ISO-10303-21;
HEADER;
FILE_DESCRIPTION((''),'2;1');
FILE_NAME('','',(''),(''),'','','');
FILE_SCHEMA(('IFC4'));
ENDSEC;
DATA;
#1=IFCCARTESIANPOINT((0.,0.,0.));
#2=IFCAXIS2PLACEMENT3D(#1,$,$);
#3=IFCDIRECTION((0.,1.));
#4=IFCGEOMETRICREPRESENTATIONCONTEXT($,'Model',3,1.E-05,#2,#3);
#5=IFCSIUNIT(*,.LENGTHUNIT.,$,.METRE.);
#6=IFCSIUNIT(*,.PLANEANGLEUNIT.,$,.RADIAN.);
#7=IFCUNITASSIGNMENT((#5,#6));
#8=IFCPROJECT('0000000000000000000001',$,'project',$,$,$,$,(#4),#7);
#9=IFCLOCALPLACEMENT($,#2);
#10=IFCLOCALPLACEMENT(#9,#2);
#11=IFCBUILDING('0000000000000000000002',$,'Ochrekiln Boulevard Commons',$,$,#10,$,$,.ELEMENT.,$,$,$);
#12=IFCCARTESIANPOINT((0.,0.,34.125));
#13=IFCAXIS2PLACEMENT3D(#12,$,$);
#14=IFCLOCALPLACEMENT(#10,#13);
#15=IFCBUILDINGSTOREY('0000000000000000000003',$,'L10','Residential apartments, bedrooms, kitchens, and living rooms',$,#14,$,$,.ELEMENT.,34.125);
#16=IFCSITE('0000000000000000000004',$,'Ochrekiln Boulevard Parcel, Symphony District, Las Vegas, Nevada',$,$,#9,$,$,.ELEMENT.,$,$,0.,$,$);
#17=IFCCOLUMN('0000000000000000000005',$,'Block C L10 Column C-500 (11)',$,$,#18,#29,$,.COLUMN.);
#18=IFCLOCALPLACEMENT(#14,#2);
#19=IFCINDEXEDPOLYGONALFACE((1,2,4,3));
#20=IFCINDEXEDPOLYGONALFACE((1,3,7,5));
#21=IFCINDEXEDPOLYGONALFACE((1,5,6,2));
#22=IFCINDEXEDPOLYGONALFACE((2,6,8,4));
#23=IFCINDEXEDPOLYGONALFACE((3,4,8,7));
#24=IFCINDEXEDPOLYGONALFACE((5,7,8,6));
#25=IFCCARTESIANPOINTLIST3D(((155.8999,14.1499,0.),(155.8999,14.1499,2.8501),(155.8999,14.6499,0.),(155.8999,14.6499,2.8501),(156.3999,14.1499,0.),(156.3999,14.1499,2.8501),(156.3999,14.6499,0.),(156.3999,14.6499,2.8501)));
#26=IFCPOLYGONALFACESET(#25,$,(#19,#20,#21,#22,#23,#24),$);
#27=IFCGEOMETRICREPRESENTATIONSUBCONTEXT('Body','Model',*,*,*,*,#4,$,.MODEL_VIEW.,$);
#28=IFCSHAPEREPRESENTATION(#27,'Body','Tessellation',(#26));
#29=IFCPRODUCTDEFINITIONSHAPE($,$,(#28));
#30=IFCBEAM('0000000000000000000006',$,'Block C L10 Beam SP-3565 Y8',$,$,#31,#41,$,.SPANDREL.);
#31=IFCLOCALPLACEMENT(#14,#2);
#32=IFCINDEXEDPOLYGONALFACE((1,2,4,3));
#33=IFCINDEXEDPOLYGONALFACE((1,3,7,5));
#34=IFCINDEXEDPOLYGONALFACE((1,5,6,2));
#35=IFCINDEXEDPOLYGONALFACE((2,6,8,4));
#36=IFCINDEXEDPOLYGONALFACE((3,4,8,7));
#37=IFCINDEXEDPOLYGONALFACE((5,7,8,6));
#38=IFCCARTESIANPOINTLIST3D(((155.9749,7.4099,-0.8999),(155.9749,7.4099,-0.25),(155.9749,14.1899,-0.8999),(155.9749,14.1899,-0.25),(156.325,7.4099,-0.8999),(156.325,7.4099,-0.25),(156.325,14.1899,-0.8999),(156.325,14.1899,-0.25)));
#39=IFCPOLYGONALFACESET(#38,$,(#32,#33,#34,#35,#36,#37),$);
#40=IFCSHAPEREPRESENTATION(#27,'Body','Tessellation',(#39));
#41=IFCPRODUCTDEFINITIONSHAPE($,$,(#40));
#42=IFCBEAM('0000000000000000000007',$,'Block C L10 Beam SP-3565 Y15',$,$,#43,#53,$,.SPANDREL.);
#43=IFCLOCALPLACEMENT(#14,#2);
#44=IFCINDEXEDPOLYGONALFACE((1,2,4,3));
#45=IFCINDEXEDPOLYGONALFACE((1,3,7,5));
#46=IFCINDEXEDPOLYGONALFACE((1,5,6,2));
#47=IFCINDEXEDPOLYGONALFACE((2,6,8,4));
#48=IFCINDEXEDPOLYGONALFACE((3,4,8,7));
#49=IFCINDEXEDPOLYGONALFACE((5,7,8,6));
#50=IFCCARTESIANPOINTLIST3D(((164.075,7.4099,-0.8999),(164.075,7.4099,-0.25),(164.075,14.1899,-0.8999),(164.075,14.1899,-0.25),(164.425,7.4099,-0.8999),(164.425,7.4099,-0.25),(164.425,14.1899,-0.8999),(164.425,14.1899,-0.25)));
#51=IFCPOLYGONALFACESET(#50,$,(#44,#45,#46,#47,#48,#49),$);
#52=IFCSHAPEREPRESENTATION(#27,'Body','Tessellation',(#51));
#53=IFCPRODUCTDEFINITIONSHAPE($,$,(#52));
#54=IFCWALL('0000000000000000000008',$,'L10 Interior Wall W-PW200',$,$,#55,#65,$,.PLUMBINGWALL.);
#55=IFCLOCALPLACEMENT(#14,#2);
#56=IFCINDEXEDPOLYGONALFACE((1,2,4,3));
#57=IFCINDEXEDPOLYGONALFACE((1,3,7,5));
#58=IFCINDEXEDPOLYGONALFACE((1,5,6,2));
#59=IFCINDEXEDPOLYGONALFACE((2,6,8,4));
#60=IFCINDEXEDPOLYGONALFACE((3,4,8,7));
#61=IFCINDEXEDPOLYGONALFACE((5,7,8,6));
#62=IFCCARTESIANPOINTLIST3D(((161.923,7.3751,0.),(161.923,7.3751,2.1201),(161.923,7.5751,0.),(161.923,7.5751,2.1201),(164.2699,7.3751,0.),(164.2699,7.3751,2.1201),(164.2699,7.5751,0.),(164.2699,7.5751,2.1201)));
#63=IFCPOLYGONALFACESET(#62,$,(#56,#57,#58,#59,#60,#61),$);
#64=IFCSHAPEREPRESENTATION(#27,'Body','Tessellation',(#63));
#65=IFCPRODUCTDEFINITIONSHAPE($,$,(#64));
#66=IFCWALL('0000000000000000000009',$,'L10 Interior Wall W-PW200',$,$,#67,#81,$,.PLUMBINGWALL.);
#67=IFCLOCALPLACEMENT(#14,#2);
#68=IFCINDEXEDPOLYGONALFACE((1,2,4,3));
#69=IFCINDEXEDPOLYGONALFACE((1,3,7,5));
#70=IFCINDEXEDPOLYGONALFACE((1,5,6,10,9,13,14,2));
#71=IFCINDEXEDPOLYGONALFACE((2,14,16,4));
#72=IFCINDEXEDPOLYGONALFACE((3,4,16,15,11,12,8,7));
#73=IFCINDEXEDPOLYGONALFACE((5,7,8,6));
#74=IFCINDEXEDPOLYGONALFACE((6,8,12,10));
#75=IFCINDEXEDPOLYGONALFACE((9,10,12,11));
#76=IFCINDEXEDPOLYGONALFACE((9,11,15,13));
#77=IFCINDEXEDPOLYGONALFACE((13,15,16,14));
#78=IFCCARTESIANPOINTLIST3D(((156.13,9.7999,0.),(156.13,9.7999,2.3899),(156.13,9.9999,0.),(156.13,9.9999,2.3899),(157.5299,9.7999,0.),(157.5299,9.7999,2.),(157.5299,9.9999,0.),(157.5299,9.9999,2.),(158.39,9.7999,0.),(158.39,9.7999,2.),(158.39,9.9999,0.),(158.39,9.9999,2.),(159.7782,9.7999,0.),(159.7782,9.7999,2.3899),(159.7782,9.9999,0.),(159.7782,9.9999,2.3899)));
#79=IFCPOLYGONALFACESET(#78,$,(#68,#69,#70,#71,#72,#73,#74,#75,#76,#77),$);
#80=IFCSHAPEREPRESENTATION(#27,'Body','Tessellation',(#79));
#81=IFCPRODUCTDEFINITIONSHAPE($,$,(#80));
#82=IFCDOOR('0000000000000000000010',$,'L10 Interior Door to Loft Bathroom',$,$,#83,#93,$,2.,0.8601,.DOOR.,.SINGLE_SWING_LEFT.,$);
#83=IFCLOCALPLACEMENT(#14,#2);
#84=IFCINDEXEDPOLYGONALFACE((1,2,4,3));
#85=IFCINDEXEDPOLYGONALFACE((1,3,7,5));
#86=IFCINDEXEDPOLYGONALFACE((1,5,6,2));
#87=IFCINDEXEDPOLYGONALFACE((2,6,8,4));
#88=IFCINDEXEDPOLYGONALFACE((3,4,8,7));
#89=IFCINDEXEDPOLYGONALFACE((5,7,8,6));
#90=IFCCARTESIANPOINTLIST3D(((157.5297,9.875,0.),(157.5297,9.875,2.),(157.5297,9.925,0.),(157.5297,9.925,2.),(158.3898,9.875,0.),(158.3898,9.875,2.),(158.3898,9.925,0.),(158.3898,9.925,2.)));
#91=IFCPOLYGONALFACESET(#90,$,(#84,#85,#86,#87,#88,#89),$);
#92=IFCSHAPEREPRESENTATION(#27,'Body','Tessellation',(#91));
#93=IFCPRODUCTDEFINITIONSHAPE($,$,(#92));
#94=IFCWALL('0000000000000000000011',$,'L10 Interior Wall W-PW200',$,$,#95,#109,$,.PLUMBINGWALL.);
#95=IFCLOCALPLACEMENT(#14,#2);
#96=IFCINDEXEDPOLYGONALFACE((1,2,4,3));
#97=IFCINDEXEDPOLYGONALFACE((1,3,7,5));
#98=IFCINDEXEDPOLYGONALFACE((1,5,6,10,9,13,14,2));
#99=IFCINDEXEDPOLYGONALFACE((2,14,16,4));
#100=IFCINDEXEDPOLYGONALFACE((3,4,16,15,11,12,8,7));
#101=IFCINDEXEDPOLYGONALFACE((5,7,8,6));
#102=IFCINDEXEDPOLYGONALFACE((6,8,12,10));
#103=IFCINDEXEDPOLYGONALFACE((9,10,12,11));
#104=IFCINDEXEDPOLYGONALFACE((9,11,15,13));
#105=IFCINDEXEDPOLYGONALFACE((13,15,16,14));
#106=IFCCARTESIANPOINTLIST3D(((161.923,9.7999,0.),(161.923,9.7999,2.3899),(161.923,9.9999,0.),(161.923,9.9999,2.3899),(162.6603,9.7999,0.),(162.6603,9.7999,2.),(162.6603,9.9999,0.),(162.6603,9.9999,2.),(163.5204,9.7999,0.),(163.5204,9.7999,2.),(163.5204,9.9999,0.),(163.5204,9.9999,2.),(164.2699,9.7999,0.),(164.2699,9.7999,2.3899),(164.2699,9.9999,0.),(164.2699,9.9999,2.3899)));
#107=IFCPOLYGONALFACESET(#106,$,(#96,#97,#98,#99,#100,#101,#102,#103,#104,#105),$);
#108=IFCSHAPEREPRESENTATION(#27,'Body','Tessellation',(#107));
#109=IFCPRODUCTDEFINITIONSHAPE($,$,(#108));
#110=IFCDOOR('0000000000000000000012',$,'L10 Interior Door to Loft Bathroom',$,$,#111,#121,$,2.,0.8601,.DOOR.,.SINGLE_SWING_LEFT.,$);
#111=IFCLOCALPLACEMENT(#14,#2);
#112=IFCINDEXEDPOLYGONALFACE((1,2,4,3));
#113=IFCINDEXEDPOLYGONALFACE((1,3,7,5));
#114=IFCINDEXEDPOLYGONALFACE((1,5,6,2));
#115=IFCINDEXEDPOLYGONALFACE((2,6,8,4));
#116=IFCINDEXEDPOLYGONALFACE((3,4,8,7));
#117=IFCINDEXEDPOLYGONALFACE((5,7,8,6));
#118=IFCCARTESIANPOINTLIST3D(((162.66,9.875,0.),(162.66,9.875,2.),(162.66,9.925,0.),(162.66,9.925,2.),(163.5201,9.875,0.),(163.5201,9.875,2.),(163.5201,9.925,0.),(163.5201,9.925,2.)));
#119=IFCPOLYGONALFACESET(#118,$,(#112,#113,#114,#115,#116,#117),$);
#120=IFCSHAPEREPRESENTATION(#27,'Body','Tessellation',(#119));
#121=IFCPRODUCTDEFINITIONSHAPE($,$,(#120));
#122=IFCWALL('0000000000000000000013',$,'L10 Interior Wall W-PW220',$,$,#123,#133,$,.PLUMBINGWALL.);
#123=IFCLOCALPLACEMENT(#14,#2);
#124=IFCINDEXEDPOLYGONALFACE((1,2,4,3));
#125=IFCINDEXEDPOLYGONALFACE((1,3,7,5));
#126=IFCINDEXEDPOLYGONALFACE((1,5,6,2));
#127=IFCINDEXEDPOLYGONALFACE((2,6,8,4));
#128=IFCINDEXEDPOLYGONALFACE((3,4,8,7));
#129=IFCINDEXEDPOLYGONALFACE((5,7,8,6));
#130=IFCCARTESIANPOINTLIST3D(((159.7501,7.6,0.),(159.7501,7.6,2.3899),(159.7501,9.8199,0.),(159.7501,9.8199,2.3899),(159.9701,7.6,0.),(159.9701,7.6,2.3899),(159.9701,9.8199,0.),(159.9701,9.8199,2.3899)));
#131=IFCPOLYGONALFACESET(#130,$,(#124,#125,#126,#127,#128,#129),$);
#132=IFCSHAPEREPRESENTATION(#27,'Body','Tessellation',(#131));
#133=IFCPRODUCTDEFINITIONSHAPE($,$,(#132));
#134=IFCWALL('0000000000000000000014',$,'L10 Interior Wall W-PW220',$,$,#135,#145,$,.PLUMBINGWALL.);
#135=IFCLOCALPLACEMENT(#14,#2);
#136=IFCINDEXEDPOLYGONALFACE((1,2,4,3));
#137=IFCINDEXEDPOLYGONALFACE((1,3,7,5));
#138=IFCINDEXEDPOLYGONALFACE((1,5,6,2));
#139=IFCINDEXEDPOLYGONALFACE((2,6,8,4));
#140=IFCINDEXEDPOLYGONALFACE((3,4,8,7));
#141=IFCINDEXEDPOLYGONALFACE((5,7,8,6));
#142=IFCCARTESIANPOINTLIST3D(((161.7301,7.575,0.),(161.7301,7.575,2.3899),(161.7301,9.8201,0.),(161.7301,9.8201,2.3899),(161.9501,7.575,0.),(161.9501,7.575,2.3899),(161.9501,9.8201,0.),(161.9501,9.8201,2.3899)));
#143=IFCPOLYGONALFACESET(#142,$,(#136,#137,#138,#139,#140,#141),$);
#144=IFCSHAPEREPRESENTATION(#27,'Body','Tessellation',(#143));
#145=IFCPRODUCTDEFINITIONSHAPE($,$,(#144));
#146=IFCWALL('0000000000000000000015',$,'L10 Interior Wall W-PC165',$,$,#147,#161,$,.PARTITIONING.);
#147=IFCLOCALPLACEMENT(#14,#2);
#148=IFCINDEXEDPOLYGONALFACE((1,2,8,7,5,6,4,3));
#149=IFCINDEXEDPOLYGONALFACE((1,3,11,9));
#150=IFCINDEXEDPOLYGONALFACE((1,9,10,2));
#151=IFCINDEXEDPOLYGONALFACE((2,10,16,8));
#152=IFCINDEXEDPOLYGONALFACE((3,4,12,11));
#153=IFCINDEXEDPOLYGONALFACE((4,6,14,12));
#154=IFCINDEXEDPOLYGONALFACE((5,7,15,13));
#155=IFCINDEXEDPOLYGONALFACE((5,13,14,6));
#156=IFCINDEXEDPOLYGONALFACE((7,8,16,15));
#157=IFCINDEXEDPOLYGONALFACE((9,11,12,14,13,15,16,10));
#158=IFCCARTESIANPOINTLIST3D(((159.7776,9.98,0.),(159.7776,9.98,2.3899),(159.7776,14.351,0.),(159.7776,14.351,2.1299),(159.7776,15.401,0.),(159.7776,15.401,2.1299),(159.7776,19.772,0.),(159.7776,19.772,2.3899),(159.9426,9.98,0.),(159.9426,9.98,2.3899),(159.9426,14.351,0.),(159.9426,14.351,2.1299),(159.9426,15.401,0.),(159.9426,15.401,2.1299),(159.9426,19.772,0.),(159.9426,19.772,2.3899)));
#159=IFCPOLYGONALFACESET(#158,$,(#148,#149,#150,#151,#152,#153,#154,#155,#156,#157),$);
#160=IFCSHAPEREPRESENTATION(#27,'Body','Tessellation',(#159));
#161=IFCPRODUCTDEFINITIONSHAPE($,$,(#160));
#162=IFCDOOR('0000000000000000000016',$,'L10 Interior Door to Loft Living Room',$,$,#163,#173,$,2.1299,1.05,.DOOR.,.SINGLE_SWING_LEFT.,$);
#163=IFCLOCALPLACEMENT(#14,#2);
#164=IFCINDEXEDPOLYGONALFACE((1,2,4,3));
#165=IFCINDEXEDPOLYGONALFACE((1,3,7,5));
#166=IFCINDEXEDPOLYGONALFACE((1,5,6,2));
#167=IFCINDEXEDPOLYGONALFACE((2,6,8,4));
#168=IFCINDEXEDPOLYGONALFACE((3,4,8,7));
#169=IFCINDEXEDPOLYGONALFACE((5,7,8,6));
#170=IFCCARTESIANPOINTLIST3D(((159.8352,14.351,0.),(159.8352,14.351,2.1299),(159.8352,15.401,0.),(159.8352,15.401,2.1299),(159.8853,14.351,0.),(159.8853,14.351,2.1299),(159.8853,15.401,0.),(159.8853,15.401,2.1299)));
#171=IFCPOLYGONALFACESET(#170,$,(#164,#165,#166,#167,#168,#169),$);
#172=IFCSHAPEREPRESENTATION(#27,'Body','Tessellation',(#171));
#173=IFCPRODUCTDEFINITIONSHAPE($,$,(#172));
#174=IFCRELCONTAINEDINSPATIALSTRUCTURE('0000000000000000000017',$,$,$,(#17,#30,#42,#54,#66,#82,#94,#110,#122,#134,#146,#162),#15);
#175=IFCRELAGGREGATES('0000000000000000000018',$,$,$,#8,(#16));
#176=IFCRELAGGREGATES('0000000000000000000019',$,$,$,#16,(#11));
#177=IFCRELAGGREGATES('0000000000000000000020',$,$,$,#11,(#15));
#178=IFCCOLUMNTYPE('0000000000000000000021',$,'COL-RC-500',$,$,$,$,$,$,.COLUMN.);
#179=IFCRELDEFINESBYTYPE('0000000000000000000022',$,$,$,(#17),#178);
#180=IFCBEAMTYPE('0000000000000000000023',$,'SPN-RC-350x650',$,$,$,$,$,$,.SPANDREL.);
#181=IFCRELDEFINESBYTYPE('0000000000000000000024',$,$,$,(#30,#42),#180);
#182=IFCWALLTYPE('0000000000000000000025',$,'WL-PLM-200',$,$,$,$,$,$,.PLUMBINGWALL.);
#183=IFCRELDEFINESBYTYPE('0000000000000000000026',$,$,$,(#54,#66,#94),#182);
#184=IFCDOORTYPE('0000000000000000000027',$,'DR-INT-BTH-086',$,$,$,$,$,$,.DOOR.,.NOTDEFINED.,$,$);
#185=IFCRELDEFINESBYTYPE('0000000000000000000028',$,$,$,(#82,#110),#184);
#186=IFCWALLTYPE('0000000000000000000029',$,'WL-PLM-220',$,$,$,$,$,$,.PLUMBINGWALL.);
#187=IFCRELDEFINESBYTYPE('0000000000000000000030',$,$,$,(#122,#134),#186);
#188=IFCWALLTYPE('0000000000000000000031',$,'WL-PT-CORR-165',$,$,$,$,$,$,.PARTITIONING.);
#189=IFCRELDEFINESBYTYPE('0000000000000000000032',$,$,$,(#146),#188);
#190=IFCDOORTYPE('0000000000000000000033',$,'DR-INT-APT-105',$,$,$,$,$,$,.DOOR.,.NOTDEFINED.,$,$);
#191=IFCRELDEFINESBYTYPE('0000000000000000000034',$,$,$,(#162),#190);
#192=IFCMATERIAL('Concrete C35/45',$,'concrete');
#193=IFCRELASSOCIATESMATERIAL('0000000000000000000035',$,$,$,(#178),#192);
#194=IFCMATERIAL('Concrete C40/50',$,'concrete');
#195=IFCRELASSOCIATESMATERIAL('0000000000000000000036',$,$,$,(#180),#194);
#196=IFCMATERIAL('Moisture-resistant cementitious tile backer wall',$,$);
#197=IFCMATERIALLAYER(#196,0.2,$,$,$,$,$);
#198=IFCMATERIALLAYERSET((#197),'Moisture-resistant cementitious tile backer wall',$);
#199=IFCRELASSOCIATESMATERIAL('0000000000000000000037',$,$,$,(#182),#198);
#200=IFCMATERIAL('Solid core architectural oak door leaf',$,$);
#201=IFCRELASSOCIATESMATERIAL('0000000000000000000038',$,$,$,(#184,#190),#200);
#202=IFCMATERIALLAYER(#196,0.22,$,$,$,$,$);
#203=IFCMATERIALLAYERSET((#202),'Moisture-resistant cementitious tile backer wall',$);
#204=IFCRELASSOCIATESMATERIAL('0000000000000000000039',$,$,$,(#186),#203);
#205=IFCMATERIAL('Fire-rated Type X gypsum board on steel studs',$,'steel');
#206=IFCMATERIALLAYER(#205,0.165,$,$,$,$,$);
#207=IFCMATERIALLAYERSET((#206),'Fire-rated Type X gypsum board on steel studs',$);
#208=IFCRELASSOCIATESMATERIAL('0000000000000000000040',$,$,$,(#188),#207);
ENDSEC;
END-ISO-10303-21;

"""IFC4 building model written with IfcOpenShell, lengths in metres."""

from ifc_helpers import new_model, si_unit, direction, frame, frame_2d, origin, origin_2d, place, context, subcontext, project, spatial, rectangle, extrude, material, layer, layer_set, material_profile, profile_set, type_object, element, fill, save


model = new_model("IFC4")

# Units and contexts
model_context = context("Model", 3, precision=1e-05, world=origin(), true_north=direction((0.0, 1.0)))
body_context = subcontext(model_context, "Body", "Model", "MODEL_VIEW")
ifc_project = project(units=[si_unit("LENGTHUNIT", "METRE"), si_unit("PLANEANGLEUNIT", "RADIAN")], contexts=[model_context])

# Site, building, storey
site_placement = place(None, origin())
site = spatial("IfcSite", under=ifc_project, at=site_placement, Name="Ochrekiln Boulevard Parcel, Symphony District, Las Vegas, Nevada", CompositionType="ELEMENT", RefElevation=0.0)
building_placement = place(site_placement, origin())
building = spatial("IfcBuilding", under=site, at=building_placement, Name="Ochrekiln Boulevard Commons", CompositionType="ELEMENT")
storey_placement = place(building_placement, frame((0.0, 0.0, 34.125)))
storey = spatial("IfcBuildingStorey", under=building, at=storey_placement, Name="L10", Description="Residential apartments, bedrooms, kitchens, and living rooms", CompositionType="ELEMENT", Elevation=34.125)

# Column
ifc_material_1 = material(Name="Concrete C35/45", Category="concrete")
ifc_material_profile_1 = material_profile(ifc_material_1, rectangle(XDim=0.5, YDim=0.5, at=origin_2d()), Name="RC-COL-500x500")
ifc_profile_set_1 = profile_set([ifc_material_profile_1], Name="Concrete C35/45")
column_type = type_object("IfcColumnType", Name="COL-RC-500", PredefinedType="COLUMN", material=ifc_profile_set_1)
column_placement = place(storey_placement, frame((156.1499, 14.3999, 0.0), z_axis=(0.0, 0.0, 1.0), x_axis=(1.0, 0.0, 0.0)))
element("IfcColumn", 1, at=column_placement, inside=storey, type_object=column_type, Name="Block C L10 Column C-500 (11)", PredefinedType="COLUMN", context=body_context, shape_type="SweptSolid", body=[
    extrude(rectangle(XDim=0.5, YDim=0.5, at=origin_2d()), origin(), (0.0, 0.0, 1.0), 2.8501),
])

# Beams
ifc_material_2 = material(Name="Concrete C40/50", Category="concrete")
ifc_material_profile_2 = material_profile(ifc_material_2, rectangle(XDim=0.3501, YDim=0.6499, at=origin_2d()), Name="RC-SPN-350x650")
ifc_profile_set_2 = profile_set([ifc_material_profile_2], Name="Concrete C40/50")
beam_type = type_object("IfcBeamType", Name="SPN-RC-350x650", PredefinedType="SPANDREL", material=ifc_profile_set_2)
for number, where, z_axis, x_axis, name in (
    (2, (156.1499, 7.4099, -0.575), (0.0, 1.0, 0.0), (-1.0, 0.0, 0.0), "Block C L10 Beam SP-3565 Y8"),
    (3, (164.25, 7.4099, -0.575), (0.0, 1.0, 0.0), (-1.0, 0.0, 0.0), "Block C L10 Beam SP-3565 Y15"),
):
    element("IfcBeam", number, at=place(storey_placement, frame(where, z_axis=z_axis, x_axis=x_axis)), inside=storey, type_object=beam_type, Name=name, PredefinedType="SPANDREL", context=body_context, shape_type="SweptSolid", body=[
        extrude(rectangle(XDim=0.3501, YDim=0.6499, at=origin_2d()), origin(), (0.0, 0.0, 1.0), 6.78),
    ])

# Wall
ifc_material_3 = material(Name="Moisture-resistant cementitious tile backer wall")
ifc_layer_1 = layer(ifc_material_3, 0.2)
ifc_layer_set_1 = layer_set([ifc_layer_1], Name="Moisture-resistant cementitious tile backer wall")
wall_type_1 = type_object("IfcWallType", Name="WL-PLM-200", PredefinedType="PLUMBINGWALL", material=ifc_layer_set_1)
wall_1_placement = place(storey_placement, frame((161.9231, 7.4751, 0.0), z_axis=(0.0, 0.0, 1.0), x_axis=(1.0, 0.0, 0.0)))
element("IfcWall", 4, at=wall_1_placement, inside=storey, type_object=wall_type_1, Name="L10 Interior Wall W-PW200", PredefinedType="PLUMBINGWALL", context=body_context, shape_type="SweptSolid", body=[
    extrude(rectangle(XDim=2.3469, YDim=0.2, at=frame_2d((1.1733, 0.0))), origin(), (0.0, 0.0, 1.0), 2.1201),
])

# Walls, openings, doors
wall_2_placement = place(storey_placement, frame((156.1299, 9.8999, 0.0), z_axis=(0.0, 0.0, 1.0), x_axis=(1.0, 0.0, 0.0)))
wall_2 = element("IfcWall", 5, at=wall_2_placement, inside=storey, type_object=wall_type_1, Name="L10 Interior Wall W-PW200", PredefinedType="PLUMBINGWALL", context=body_context, shape_type="SweptSolid", body=[
    extrude(rectangle(XDim=3.6482, YDim=0.2, at=frame_2d((1.8242, 0.0))), origin(), (0.0, 0.0, 1.0), 2.3899),
])
opening_1_placement = place(wall_2_placement, frame((1.3999, 0.0, 0.0)))
opening_1 = element("IfcOpeningElement", 6, at=opening_1_placement, cuts=wall_2, PredefinedType="OPENING", context=body_context, shape_type="SweptSolid", body=[
    extrude(rectangle(XDim=0.8601, YDim=2.0, at=frame_2d((0.4302, 1.0))), frame((0.0, 0.1099, 0.0), z_axis=(0.0, -1.0, 0.0), x_axis=(1.0, 0.0, 0.0)), (0.0, 0.0, 1.0), 0.22),
])
ifc_material_4 = material(Name="Solid core architectural oak door leaf")
door_type_1 = type_object("IfcDoorType", Name="DR-INT-BTH-086", OperationType="NOTDEFINED", PredefinedType="DOOR", material=ifc_material_4)
door_1_placement = place(opening_1_placement, frame((0.8601, 0.0, 0.0), z_axis=(0.0, 0.0, 1.0), x_axis=(-1.0, 0.0, 0.0)))
door_1 = element("IfcDoor", 7, at=door_1_placement, inside=storey, type_object=door_type_1, Name="L10 Interior Door to Loft Bathroom", OperationType="SINGLE_SWING_LEFT", OverallHeight=2.0, OverallWidth=0.8601, PredefinedType="DOOR", context=body_context, shape_type="SweptSolid", body=[
    extrude(rectangle(XDim=0.8601, YDim=2.0, at=frame_2d((0.4302, 1.0))), frame((0.0, 0.0249, 0.0), z_axis=(0.0, -1.0, 0.0), x_axis=(1.0, 0.0, 0.0)), (0.0, 0.0, 1.0), 0.05),
])
fill(opening_1, door_1)
wall_3_placement = place(storey_placement, frame((161.9231, 9.8999, 0.0), z_axis=(0.0, 0.0, 1.0), x_axis=(1.0, 0.0, 0.0)))
wall_3 = element("IfcWall", 8, at=wall_3_placement, inside=storey, type_object=wall_type_1, Name="L10 Interior Wall W-PW200", PredefinedType="PLUMBINGWALL", context=body_context, shape_type="SweptSolid", body=[
    extrude(rectangle(XDim=2.3469, YDim=0.2, at=frame_2d((1.1733, 0.0))), origin(), (0.0, 0.0, 1.0), 2.3899),
])
opening_2_placement = place(wall_3_placement, frame((0.7371, 0.0, 0.0)))
opening_2 = element("IfcOpeningElement", 9, at=opening_2_placement, cuts=wall_3, PredefinedType="OPENING", context=body_context, shape_type="SweptSolid", body=[
    extrude(rectangle(XDim=0.8601, YDim=2.0, at=frame_2d((0.4302, 1.0))), frame((0.0, 0.1099, 0.0), z_axis=(0.0, -1.0, 0.0), x_axis=(1.0, 0.0, 0.0)), (0.0, 0.0, 1.0), 0.22),
])
door_2_placement = place(opening_2_placement, frame((0.8601, 0.0, 0.0), z_axis=(0.0, 0.0, 1.0), x_axis=(-1.0, 0.0, 0.0)))
door_2 = element("IfcDoor", 10, at=door_2_placement, inside=storey, type_object=door_type_1, Name="L10 Interior Door to Loft Bathroom", OperationType="SINGLE_SWING_LEFT", OverallHeight=2.0, OverallWidth=0.8601, PredefinedType="DOOR", context=body_context, shape_type="SweptSolid", body=[
    extrude(rectangle(XDim=0.8601, YDim=2.0, at=frame_2d((0.4302, 1.0))), frame((0.0, 0.0249, 0.0), z_axis=(0.0, -1.0, 0.0), x_axis=(1.0, 0.0, 0.0)), (0.0, 0.0, 1.0), 0.05),
])
fill(opening_2, door_2)

# Walls
ifc_layer_2 = layer(ifc_material_3, 0.22)
ifc_layer_set_2 = layer_set([ifc_layer_2], Name="Moisture-resistant cementitious tile backer wall")
wall_type_2 = type_object("IfcWallType", Name="WL-PLM-220", PredefinedType="PLUMBINGWALL", material=ifc_layer_set_2)
wall_4_placement = place(storey_placement, frame((159.8601, 7.6001, 0.0), z_axis=(0.0, 0.0, 1.0), x_axis=(0.0, 1.0, 0.0)))
element("IfcWall", 11, at=wall_4_placement, inside=storey, type_object=wall_type_2, Name="L10 Interior Wall W-PW220", PredefinedType="PLUMBINGWALL", context=body_context, shape_type="SweptSolid", body=[
    extrude(rectangle(XDim=2.22, YDim=0.22, at=frame_2d((1.1099, 0.0))), origin(), (0.0, 0.0, 1.0), 2.3899),
])
wall_5_placement = place(storey_placement, frame((161.8401, 7.575, 0.0), z_axis=(0.0, 0.0, 1.0), x_axis=(0.0, 1.0, 0.0)))
element("IfcWall", 12, at=wall_5_placement, inside=storey, type_object=wall_type_2, Name="L10 Interior Wall W-PW220", PredefinedType="PLUMBINGWALL", context=body_context, shape_type="SweptSolid", body=[
    extrude(rectangle(XDim=2.2451, YDim=0.22, at=frame_2d((1.1226, 0.0))), origin(), (0.0, 0.0, 1.0), 2.3899),
])

# Wall, opening, door
ifc_material_5 = material(Name="Fire-rated Type X gypsum board on steel studs", Category="steel")
ifc_layer_3 = layer(ifc_material_5, 0.165)
ifc_layer_set_3 = layer_set([ifc_layer_3], Name="Fire-rated Type X gypsum board on steel studs")
wall_type_3 = type_object("IfcWallType", Name="WL-PT-CORR-165", PredefinedType="PARTITIONING", material=ifc_layer_set_3)
wall_6_placement = place(storey_placement, frame((159.8601, 9.98, 0.0), z_axis=(0.0, 0.0, 1.0), x_axis=(0.0, 1.0, 0.0)))
wall_6 = element("IfcWall", 13, at=wall_6_placement, inside=storey, type_object=wall_type_3, Name="L10 Interior Wall W-PC165", PredefinedType="PARTITIONING", context=body_context, shape_type="SweptSolid", body=[
    extrude(rectangle(XDim=9.792, YDim=0.165, at=frame_2d((4.896, 0.0))), origin(), (0.0, 0.0, 1.0), 2.3899),
])
opening_3_placement = place(wall_6_placement, frame((4.3711, 0.0, 0.0)))
opening_3 = element("IfcOpeningElement", 14, at=opening_3_placement, cuts=wall_6, PredefinedType="OPENING", context=body_context, shape_type="SweptSolid", body=[
    extrude(rectangle(XDim=1.05, YDim=2.1299, at=frame_2d((0.5249, 1.0649))), frame((0.0, 0.0925, 0.0), z_axis=(0.0, -1.0, 0.0), x_axis=(1.0, 0.0, 0.0)), (0.0, 0.0, 1.0), 0.1851),
])
door_type_2 = type_object("IfcDoorType", Name="DR-INT-APT-105", OperationType="NOTDEFINED", PredefinedType="DOOR", material=ifc_material_4)
door_3_placement = place(opening_3_placement, origin())
door_3 = element("IfcDoor", 15, at=door_3_placement, inside=storey, type_object=door_type_2, Name="L10 Interior Door to Loft Living Room", OperationType="SINGLE_SWING_LEFT", OverallHeight=2.1299, OverallWidth=1.05, PredefinedType="DOOR", context=body_context, shape_type="SweptSolid", body=[
    extrude(rectangle(XDim=1.05, YDim=2.1299, at=frame_2d((0.5249, 1.0649))), frame((0.0, 0.0249, 0.0), z_axis=(0.0, -1.0, 0.0), x_axis=(1.0, 0.0, 0.0)), (0.0, 0.0, 1.0), 0.05),
])
fill(opening_3, door_3)

save(model, "model.ifc")
